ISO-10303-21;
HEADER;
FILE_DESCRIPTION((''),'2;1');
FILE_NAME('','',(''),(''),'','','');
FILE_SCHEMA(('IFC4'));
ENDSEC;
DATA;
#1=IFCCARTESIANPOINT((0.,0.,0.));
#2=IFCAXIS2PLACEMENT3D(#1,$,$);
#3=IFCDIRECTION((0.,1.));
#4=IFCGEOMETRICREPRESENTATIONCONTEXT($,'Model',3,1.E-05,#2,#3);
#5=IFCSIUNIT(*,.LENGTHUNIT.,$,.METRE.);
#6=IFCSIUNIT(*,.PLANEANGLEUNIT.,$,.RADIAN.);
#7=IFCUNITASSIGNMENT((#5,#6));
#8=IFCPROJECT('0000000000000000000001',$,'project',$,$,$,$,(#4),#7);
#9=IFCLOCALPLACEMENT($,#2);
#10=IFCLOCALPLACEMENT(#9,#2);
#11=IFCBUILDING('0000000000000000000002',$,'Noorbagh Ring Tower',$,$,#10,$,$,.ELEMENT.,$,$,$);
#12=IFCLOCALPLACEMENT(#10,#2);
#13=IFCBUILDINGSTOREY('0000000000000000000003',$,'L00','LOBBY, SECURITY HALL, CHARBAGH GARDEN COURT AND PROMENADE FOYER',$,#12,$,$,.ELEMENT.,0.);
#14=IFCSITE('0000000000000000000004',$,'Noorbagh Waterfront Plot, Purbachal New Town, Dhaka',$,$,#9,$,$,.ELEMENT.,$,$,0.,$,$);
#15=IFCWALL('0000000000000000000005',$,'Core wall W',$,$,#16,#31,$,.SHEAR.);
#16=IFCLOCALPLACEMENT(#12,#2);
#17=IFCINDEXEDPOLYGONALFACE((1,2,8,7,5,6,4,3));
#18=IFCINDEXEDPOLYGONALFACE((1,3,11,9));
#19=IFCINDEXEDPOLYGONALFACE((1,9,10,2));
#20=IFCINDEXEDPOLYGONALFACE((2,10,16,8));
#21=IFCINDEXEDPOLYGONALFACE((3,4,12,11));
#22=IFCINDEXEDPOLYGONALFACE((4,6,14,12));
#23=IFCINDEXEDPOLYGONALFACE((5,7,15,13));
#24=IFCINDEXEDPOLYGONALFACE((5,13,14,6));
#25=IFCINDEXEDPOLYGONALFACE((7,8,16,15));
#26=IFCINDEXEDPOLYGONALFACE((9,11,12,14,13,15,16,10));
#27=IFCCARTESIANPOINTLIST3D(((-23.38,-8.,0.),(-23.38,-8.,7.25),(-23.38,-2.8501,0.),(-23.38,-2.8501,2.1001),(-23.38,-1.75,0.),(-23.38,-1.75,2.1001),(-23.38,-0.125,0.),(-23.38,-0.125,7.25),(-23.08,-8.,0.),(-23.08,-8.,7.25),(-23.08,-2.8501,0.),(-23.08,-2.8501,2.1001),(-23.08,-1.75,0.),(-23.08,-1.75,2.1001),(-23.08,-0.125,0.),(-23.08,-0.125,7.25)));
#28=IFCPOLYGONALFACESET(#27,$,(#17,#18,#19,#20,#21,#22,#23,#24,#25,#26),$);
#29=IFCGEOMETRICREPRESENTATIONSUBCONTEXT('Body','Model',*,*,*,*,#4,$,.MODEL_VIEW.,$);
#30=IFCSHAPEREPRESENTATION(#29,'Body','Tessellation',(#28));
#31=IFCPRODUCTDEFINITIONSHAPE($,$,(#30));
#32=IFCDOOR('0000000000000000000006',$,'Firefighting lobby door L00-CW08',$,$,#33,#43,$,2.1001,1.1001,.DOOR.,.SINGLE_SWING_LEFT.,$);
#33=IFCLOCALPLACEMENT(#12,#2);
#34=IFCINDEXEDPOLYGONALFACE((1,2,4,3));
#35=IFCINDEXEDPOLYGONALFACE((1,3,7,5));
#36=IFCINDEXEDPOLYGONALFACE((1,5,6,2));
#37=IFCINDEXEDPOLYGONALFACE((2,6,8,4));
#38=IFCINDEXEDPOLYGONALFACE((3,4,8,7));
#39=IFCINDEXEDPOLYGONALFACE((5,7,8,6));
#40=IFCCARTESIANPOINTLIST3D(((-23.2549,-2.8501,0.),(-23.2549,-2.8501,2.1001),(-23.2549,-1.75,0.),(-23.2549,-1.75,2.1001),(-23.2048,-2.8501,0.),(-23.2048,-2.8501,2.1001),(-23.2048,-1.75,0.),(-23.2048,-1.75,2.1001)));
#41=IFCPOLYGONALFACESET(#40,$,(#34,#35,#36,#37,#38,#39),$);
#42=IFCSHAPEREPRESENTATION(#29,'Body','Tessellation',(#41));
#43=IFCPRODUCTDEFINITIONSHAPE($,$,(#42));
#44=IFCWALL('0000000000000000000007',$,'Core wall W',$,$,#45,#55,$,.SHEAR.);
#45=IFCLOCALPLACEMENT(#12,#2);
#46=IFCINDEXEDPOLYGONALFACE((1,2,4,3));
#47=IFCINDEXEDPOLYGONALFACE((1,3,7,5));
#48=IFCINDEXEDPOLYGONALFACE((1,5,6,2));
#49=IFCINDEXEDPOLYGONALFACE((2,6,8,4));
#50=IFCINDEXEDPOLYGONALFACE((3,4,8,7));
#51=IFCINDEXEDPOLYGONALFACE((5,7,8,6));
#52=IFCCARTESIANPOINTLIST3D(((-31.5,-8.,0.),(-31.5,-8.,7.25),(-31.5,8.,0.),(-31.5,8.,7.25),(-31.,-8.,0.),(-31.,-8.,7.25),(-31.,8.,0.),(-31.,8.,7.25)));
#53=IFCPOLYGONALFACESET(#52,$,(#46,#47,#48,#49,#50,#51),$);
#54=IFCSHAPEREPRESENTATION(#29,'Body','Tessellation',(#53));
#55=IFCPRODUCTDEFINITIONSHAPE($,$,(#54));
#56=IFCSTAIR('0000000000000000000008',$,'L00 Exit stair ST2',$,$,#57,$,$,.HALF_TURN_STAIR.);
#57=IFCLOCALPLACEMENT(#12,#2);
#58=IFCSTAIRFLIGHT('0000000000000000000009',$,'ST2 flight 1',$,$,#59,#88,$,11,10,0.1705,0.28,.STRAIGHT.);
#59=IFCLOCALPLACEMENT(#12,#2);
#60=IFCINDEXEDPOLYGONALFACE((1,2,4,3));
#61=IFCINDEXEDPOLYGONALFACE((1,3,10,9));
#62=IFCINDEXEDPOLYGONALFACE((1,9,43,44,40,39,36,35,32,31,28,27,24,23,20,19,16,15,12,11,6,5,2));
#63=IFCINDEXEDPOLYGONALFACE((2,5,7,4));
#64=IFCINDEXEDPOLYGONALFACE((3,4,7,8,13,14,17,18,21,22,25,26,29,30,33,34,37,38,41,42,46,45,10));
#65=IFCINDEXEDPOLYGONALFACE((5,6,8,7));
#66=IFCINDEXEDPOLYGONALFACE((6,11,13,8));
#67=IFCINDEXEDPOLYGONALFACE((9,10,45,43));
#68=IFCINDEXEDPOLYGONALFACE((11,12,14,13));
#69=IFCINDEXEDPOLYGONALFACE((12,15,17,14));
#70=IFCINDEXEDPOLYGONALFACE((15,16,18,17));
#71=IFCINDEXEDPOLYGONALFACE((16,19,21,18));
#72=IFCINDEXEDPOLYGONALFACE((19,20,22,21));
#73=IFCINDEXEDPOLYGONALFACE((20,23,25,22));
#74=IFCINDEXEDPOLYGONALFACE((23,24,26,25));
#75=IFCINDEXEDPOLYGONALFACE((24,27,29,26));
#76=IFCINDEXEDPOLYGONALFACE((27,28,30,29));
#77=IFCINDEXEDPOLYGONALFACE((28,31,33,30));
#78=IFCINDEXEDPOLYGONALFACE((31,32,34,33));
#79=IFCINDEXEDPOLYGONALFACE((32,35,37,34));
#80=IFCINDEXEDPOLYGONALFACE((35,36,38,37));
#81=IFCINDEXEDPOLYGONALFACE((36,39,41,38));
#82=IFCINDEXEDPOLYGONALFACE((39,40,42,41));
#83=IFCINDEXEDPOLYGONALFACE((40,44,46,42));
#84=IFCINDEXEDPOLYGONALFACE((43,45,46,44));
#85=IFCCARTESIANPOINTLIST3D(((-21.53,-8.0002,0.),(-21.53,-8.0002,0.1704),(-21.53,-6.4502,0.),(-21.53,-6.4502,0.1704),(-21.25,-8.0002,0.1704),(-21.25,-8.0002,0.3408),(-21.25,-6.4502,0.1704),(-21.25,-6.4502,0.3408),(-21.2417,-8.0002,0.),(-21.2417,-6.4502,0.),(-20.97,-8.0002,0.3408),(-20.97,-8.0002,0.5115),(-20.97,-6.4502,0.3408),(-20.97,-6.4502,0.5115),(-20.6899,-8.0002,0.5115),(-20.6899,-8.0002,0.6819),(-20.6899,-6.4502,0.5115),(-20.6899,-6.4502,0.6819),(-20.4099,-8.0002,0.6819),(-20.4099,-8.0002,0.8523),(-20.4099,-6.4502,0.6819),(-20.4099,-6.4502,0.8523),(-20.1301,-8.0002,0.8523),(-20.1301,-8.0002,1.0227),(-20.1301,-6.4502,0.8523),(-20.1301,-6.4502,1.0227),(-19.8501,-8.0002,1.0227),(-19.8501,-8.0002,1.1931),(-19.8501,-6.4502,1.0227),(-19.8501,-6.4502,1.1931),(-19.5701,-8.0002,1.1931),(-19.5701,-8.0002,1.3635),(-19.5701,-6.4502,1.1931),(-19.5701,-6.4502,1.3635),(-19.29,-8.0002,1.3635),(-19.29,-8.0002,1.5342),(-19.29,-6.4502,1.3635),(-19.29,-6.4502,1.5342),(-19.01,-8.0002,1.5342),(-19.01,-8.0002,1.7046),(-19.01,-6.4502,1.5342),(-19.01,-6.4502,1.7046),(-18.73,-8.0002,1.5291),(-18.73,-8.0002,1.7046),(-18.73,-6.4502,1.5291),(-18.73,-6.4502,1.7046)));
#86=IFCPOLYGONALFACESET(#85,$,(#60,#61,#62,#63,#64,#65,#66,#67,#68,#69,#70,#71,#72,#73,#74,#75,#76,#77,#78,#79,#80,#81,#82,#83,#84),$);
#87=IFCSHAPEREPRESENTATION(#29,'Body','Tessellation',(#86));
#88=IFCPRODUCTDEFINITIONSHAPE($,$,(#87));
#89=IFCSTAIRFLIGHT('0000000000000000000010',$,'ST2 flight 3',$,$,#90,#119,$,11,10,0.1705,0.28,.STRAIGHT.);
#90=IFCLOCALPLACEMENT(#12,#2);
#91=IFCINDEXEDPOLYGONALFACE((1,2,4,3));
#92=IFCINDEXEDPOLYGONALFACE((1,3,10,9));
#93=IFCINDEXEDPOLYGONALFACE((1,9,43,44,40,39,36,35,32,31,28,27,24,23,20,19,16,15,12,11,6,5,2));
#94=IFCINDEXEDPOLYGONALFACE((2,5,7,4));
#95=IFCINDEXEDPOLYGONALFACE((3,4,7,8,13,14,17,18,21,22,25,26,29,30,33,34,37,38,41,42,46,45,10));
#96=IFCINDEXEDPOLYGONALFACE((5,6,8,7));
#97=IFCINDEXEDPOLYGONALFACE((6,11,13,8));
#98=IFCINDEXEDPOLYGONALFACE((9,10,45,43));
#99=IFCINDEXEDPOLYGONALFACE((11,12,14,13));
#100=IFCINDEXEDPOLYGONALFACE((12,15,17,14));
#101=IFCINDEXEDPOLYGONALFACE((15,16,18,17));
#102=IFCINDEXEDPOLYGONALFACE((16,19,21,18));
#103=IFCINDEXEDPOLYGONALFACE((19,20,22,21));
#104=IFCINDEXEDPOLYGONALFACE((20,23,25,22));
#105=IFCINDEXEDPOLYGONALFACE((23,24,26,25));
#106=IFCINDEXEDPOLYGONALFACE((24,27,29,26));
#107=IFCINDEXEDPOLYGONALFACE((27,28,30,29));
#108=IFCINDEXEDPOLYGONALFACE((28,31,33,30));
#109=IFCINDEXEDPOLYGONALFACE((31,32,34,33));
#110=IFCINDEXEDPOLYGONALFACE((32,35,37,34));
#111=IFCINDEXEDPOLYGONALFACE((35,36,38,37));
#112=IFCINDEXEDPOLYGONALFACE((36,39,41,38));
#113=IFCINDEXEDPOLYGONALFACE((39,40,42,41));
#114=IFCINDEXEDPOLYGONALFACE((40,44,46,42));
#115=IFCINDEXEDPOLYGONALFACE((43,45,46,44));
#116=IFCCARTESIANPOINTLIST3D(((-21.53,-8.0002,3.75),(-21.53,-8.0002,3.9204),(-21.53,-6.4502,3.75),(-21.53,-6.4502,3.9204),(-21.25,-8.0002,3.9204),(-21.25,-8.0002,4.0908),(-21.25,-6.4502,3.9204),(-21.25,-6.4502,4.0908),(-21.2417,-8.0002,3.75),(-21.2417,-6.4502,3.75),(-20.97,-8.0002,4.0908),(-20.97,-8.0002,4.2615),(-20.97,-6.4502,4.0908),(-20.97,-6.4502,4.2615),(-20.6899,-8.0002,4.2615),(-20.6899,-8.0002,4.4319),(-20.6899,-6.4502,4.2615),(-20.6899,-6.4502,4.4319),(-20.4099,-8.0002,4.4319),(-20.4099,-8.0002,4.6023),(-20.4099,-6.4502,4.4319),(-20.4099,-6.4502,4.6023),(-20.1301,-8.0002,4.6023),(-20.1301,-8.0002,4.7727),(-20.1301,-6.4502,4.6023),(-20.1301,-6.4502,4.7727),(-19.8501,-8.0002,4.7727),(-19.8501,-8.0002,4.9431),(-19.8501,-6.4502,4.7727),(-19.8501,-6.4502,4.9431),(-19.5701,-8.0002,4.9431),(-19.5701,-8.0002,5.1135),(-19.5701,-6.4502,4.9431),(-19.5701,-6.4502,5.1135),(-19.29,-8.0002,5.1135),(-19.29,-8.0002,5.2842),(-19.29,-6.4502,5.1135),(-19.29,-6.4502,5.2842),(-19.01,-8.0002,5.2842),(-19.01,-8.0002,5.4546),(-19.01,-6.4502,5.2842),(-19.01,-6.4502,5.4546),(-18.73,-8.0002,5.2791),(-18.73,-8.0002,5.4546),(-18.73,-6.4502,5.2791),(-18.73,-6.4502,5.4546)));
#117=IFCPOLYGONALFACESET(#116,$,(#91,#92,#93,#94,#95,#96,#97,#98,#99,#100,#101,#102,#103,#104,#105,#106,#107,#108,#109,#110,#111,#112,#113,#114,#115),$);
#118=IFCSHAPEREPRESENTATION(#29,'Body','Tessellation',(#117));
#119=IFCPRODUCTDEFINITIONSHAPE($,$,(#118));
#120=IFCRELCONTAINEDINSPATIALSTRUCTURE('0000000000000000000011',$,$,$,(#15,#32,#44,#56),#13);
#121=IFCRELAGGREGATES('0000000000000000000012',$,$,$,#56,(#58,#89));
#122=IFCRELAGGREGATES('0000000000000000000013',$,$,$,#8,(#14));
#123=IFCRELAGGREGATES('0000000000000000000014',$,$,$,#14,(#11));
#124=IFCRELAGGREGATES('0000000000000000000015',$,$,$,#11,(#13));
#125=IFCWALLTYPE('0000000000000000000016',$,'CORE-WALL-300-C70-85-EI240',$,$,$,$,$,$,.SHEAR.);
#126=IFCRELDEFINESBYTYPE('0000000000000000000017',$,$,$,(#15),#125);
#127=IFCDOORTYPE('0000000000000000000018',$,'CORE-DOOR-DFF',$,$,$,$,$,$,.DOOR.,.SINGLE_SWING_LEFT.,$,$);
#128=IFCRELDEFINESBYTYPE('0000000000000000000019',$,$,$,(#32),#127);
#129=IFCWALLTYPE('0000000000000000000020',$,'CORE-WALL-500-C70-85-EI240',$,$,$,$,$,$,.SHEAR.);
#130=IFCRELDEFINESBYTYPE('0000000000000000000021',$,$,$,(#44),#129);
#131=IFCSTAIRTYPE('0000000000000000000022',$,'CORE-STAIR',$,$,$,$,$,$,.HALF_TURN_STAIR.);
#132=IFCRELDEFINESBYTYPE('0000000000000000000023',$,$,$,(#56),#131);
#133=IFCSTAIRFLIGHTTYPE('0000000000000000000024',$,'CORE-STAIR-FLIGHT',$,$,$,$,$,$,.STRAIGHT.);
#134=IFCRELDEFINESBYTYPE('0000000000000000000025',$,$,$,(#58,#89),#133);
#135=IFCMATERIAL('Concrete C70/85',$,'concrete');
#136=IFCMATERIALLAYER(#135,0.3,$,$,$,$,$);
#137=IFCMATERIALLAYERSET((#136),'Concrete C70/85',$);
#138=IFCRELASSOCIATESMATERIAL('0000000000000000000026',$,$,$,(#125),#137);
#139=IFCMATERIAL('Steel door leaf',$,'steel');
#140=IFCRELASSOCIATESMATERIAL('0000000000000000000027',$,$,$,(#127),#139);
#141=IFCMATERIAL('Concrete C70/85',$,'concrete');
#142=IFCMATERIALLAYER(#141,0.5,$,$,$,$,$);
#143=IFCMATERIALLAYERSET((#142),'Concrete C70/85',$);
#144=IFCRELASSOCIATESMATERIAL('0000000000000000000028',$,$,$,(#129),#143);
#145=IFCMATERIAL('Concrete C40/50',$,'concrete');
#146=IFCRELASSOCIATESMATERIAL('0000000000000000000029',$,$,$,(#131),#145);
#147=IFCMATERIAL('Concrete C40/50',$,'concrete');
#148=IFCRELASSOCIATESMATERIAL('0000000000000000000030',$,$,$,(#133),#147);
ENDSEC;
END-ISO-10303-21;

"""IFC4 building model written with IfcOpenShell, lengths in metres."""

from ifc_helpers import new_model, si_unit, direction, frame, frame_2d, origin, place, context, subcontext, project, spatial, polyline, rectangle, outline, extrude, material, layer, layer_set, type_object, element, fill, aggregate, save


model = new_model("IFC4")

# Units and contexts
model_context = context("Model", 3, precision=1e-05, world=origin(), true_north=direction((0.0, 1.0)))
body_context = subcontext(model_context, "Body", "Model", "MODEL_VIEW")
ifc_project = project(units=[si_unit("LENGTHUNIT", "METRE"), si_unit("PLANEANGLEUNIT", "RADIAN")], contexts=[model_context])

# Site, building, storey
site_placement = place(None, origin())
site = spatial("IfcSite", under=ifc_project, at=site_placement, Name="Noorbagh Waterfront Plot, Purbachal New Town, Dhaka", CompositionType="ELEMENT", RefElevation=0.0)
building_placement = place(site_placement, origin())
building = spatial("IfcBuilding", under=site, at=building_placement, Name="Noorbagh Ring Tower", CompositionType="ELEMENT")
storey_placement = place(building_placement, origin())
storey = spatial("IfcBuildingStorey", under=building, at=storey_placement, Name="L00", Description="LOBBY, SECURITY HALL, CHARBAGH GARDEN COURT AND PROMENADE FOYER", CompositionType="ELEMENT", Elevation=0.0)

# Shared definitions
ifc_material_1 = material(Name="Concrete C70/85", Category="concrete")
ifc_layer_1 = layer(ifc_material_1, 0.3)
ifc_layer_set_1 = layer_set([ifc_layer_1], Name="Concrete C70/85")
wall_type_1 = type_object("IfcWallType", Name="CORE-WALL-300-C70-85-EI240", PredefinedType="SHEAR", material=ifc_layer_set_1)

# Wall, opening, door
wall_1_placement = place(storey_placement, frame((-23.23, -8.0, 0.0), z_axis=(0.0, 0.0, 1.0), x_axis=(0.0, 1.0, 0.0)))
wall_1 = element("IfcWall", 1, at=wall_1_placement, inside=storey, type_object=wall_type_1, Name="Core wall W", PredefinedType="SHEAR", context=body_context, shape_type="SweptSolid", body=[
    extrude(rectangle(XDim=7.875, YDim=0.3, at=frame_2d((3.9375, 0.0))), origin(), (0.0, 0.0, 1.0), 7.25),
])
opening_1_placement = place(wall_1_placement, frame((5.1499, 0.0, 0.0)))
opening_1 = element("IfcOpeningElement", 2, at=opening_1_placement, cuts=wall_1, PredefinedType="OPENING", context=body_context, shape_type="SweptSolid", body=[
    extrude(rectangle(XDim=1.1001, YDim=2.1001, at=frame_2d((0.55, 1.05))), frame((0.0, 0.1602, 0.0), z_axis=(0.0, -1.0, 0.0), x_axis=(1.0, 0.0, 0.0)), (0.0, 0.0, 1.0), 0.3201),
])
ifc_material_2 = material(Name="Steel door leaf", Category="steel")
door_type_1 = type_object("IfcDoorType", Name="CORE-DOOR-DFF", OperationType="SINGLE_SWING_LEFT", PredefinedType="DOOR", material=ifc_material_2)
door_1_placement = place(opening_1_placement, origin())
door_1 = element("IfcDoor", 3, at=door_1_placement, inside=storey, type_object=door_type_1, Name="Firefighting lobby door L00-CW08", OperationType="SINGLE_SWING_LEFT", OverallHeight=2.1001, OverallWidth=1.1001, PredefinedType="DOOR", context=body_context, shape_type="SweptSolid", body=[
    extrude(rectangle(XDim=1.1001, YDim=2.1001, at=frame_2d((0.55, 1.05))), frame((0.0, 0.0249, 0.0), z_axis=(0.0, -1.0, 0.0), x_axis=(1.0, 0.0, 0.0)), (0.0, 0.0, 1.0), 0.05),
])
fill(opening_1, door_1)

# Wall
ifc_material_3 = material(Name="Concrete C70/85", Category="concrete")
ifc_layer_2 = layer(ifc_material_3, 0.5)
ifc_layer_set_2 = layer_set([ifc_layer_2], Name="Concrete C70/85")
wall_type_2 = type_object("IfcWallType", Name="CORE-WALL-500-C70-85-EI240", PredefinedType="SHEAR", material=ifc_layer_set_2)
wall_2_placement = place(storey_placement, frame((-31.25, -8.0, 0.0), z_axis=(0.0, 0.0, 1.0), x_axis=(0.0, 1.0, 0.0)))
element("IfcWall", 4, at=wall_2_placement, inside=storey, type_object=wall_type_2, Name="Core wall W", PredefinedType="SHEAR", context=body_context, shape_type="SweptSolid", body=[
    extrude(rectangle(XDim=16.0, YDim=0.5, at=frame_2d((8.0, 0.0))), origin(), (0.0, 0.0, 1.0), 7.25),
])

# Stair, stair flights
ifc_material_4 = material(Name="Concrete C40/50", Category="concrete")
stair_type = type_object("IfcStairType", Name="CORE-STAIR", PredefinedType="HALF_TURN_STAIR", material=ifc_material_4)
stair_placement = place(storey_placement, origin())
stair = element("IfcStair", 5, at=stair_placement, inside=storey, type_object=stair_type, Name="L00 Exit stair ST2", PredefinedType="HALF_TURN_STAIR")
ifc_material_5 = material(Name="Concrete C40/50", Category="concrete")
stair_flight_type = type_object("IfcStairFlightType", Name="CORE-STAIR-FLIGHT", PredefinedType="STRAIGHT", material=ifc_material_5)
stair_flight_1_placement = place(storey_placement, frame((-21.53, -7.2251, 0.0), z_axis=(0.0, 0.0, 1.0), x_axis=(1.0, 0.0, 0.0)))
stair_flight_1 = element("IfcStairFlight", 6, at=stair_flight_1_placement, type_object=stair_flight_type, Name="ST2 flight 1", NumberOfRisers=11, NumberOfTreads=10, PredefinedType="STRAIGHT", RiserHeight=0.1705, TreadLength=0.28, context=body_context, shape_type="SweptSolid", body=[
    extrude(outline(polyline([(0.0, 0.0), (0.0, 0.1704), (0.28, 0.1704), (0.28, 0.3408), (0.5601, 0.3408), (0.5601, 0.5115), (0.8401, 0.5115), (0.8401, 0.6819), (1.1201, 0.6819), (1.1201, 0.8523), (1.3999, 0.8523), (1.3999, 1.0227), (1.6799, 1.0227), (1.6799, 1.1931), (1.96, 1.1931), (1.96, 1.3635), (2.24, 1.3635), (2.24, 1.5342), (2.52, 1.5342), (2.52, 1.7046), (2.8, 1.7046), (2.8, 1.875), (2.8, 1.5291), (0.2883, 0.0), (0.0, 0.0)])), frame((0.0, 0.7749, 0.0), z_axis=(0.0, -1.0, 0.0), x_axis=(1.0, 0.0, 0.0)), (0.0, 0.0, 1.0), 1.55),
])
stair_flight_2_placement = place(storey_placement, frame((-21.53, -7.2251, 3.75), z_axis=(0.0, 0.0, 1.0), x_axis=(1.0, 0.0, 0.0)))
stair_flight_2 = element("IfcStairFlight", 7, at=stair_flight_2_placement, type_object=stair_flight_type, Name="ST2 flight 3", NumberOfRisers=11, NumberOfTreads=10, PredefinedType="STRAIGHT", RiserHeight=0.1705, TreadLength=0.28, context=body_context, shape_type="SweptSolid", body=[
    extrude(outline(polyline([(0.0, 0.0), (0.0, 0.1704), (0.28, 0.1704), (0.28, 0.3408), (0.5601, 0.3408), (0.5601, 0.5115), (0.8401, 0.5115), (0.8401, 0.6819), (1.1201, 0.6819), (1.1201, 0.8523), (1.3999, 0.8523), (1.3999, 1.0227), (1.6799, 1.0227), (1.6799, 1.1931), (1.96, 1.1931), (1.96, 1.3635), (2.24, 1.3635), (2.24, 1.5342), (2.52, 1.5342), (2.52, 1.7046), (2.8, 1.7046), (2.8, 1.875), (2.8, 1.5291), (0.2883, 0.0), (0.0, 0.0)])), frame((0.0, 0.7749, 0.0), z_axis=(0.0, -1.0, 0.0), x_axis=(1.0, 0.0, 0.0)), (0.0, 0.0, 1.0), 1.55),
])
aggregate(stair, [stair_flight_1, stair_flight_2])

save(model, "model.ifc")
